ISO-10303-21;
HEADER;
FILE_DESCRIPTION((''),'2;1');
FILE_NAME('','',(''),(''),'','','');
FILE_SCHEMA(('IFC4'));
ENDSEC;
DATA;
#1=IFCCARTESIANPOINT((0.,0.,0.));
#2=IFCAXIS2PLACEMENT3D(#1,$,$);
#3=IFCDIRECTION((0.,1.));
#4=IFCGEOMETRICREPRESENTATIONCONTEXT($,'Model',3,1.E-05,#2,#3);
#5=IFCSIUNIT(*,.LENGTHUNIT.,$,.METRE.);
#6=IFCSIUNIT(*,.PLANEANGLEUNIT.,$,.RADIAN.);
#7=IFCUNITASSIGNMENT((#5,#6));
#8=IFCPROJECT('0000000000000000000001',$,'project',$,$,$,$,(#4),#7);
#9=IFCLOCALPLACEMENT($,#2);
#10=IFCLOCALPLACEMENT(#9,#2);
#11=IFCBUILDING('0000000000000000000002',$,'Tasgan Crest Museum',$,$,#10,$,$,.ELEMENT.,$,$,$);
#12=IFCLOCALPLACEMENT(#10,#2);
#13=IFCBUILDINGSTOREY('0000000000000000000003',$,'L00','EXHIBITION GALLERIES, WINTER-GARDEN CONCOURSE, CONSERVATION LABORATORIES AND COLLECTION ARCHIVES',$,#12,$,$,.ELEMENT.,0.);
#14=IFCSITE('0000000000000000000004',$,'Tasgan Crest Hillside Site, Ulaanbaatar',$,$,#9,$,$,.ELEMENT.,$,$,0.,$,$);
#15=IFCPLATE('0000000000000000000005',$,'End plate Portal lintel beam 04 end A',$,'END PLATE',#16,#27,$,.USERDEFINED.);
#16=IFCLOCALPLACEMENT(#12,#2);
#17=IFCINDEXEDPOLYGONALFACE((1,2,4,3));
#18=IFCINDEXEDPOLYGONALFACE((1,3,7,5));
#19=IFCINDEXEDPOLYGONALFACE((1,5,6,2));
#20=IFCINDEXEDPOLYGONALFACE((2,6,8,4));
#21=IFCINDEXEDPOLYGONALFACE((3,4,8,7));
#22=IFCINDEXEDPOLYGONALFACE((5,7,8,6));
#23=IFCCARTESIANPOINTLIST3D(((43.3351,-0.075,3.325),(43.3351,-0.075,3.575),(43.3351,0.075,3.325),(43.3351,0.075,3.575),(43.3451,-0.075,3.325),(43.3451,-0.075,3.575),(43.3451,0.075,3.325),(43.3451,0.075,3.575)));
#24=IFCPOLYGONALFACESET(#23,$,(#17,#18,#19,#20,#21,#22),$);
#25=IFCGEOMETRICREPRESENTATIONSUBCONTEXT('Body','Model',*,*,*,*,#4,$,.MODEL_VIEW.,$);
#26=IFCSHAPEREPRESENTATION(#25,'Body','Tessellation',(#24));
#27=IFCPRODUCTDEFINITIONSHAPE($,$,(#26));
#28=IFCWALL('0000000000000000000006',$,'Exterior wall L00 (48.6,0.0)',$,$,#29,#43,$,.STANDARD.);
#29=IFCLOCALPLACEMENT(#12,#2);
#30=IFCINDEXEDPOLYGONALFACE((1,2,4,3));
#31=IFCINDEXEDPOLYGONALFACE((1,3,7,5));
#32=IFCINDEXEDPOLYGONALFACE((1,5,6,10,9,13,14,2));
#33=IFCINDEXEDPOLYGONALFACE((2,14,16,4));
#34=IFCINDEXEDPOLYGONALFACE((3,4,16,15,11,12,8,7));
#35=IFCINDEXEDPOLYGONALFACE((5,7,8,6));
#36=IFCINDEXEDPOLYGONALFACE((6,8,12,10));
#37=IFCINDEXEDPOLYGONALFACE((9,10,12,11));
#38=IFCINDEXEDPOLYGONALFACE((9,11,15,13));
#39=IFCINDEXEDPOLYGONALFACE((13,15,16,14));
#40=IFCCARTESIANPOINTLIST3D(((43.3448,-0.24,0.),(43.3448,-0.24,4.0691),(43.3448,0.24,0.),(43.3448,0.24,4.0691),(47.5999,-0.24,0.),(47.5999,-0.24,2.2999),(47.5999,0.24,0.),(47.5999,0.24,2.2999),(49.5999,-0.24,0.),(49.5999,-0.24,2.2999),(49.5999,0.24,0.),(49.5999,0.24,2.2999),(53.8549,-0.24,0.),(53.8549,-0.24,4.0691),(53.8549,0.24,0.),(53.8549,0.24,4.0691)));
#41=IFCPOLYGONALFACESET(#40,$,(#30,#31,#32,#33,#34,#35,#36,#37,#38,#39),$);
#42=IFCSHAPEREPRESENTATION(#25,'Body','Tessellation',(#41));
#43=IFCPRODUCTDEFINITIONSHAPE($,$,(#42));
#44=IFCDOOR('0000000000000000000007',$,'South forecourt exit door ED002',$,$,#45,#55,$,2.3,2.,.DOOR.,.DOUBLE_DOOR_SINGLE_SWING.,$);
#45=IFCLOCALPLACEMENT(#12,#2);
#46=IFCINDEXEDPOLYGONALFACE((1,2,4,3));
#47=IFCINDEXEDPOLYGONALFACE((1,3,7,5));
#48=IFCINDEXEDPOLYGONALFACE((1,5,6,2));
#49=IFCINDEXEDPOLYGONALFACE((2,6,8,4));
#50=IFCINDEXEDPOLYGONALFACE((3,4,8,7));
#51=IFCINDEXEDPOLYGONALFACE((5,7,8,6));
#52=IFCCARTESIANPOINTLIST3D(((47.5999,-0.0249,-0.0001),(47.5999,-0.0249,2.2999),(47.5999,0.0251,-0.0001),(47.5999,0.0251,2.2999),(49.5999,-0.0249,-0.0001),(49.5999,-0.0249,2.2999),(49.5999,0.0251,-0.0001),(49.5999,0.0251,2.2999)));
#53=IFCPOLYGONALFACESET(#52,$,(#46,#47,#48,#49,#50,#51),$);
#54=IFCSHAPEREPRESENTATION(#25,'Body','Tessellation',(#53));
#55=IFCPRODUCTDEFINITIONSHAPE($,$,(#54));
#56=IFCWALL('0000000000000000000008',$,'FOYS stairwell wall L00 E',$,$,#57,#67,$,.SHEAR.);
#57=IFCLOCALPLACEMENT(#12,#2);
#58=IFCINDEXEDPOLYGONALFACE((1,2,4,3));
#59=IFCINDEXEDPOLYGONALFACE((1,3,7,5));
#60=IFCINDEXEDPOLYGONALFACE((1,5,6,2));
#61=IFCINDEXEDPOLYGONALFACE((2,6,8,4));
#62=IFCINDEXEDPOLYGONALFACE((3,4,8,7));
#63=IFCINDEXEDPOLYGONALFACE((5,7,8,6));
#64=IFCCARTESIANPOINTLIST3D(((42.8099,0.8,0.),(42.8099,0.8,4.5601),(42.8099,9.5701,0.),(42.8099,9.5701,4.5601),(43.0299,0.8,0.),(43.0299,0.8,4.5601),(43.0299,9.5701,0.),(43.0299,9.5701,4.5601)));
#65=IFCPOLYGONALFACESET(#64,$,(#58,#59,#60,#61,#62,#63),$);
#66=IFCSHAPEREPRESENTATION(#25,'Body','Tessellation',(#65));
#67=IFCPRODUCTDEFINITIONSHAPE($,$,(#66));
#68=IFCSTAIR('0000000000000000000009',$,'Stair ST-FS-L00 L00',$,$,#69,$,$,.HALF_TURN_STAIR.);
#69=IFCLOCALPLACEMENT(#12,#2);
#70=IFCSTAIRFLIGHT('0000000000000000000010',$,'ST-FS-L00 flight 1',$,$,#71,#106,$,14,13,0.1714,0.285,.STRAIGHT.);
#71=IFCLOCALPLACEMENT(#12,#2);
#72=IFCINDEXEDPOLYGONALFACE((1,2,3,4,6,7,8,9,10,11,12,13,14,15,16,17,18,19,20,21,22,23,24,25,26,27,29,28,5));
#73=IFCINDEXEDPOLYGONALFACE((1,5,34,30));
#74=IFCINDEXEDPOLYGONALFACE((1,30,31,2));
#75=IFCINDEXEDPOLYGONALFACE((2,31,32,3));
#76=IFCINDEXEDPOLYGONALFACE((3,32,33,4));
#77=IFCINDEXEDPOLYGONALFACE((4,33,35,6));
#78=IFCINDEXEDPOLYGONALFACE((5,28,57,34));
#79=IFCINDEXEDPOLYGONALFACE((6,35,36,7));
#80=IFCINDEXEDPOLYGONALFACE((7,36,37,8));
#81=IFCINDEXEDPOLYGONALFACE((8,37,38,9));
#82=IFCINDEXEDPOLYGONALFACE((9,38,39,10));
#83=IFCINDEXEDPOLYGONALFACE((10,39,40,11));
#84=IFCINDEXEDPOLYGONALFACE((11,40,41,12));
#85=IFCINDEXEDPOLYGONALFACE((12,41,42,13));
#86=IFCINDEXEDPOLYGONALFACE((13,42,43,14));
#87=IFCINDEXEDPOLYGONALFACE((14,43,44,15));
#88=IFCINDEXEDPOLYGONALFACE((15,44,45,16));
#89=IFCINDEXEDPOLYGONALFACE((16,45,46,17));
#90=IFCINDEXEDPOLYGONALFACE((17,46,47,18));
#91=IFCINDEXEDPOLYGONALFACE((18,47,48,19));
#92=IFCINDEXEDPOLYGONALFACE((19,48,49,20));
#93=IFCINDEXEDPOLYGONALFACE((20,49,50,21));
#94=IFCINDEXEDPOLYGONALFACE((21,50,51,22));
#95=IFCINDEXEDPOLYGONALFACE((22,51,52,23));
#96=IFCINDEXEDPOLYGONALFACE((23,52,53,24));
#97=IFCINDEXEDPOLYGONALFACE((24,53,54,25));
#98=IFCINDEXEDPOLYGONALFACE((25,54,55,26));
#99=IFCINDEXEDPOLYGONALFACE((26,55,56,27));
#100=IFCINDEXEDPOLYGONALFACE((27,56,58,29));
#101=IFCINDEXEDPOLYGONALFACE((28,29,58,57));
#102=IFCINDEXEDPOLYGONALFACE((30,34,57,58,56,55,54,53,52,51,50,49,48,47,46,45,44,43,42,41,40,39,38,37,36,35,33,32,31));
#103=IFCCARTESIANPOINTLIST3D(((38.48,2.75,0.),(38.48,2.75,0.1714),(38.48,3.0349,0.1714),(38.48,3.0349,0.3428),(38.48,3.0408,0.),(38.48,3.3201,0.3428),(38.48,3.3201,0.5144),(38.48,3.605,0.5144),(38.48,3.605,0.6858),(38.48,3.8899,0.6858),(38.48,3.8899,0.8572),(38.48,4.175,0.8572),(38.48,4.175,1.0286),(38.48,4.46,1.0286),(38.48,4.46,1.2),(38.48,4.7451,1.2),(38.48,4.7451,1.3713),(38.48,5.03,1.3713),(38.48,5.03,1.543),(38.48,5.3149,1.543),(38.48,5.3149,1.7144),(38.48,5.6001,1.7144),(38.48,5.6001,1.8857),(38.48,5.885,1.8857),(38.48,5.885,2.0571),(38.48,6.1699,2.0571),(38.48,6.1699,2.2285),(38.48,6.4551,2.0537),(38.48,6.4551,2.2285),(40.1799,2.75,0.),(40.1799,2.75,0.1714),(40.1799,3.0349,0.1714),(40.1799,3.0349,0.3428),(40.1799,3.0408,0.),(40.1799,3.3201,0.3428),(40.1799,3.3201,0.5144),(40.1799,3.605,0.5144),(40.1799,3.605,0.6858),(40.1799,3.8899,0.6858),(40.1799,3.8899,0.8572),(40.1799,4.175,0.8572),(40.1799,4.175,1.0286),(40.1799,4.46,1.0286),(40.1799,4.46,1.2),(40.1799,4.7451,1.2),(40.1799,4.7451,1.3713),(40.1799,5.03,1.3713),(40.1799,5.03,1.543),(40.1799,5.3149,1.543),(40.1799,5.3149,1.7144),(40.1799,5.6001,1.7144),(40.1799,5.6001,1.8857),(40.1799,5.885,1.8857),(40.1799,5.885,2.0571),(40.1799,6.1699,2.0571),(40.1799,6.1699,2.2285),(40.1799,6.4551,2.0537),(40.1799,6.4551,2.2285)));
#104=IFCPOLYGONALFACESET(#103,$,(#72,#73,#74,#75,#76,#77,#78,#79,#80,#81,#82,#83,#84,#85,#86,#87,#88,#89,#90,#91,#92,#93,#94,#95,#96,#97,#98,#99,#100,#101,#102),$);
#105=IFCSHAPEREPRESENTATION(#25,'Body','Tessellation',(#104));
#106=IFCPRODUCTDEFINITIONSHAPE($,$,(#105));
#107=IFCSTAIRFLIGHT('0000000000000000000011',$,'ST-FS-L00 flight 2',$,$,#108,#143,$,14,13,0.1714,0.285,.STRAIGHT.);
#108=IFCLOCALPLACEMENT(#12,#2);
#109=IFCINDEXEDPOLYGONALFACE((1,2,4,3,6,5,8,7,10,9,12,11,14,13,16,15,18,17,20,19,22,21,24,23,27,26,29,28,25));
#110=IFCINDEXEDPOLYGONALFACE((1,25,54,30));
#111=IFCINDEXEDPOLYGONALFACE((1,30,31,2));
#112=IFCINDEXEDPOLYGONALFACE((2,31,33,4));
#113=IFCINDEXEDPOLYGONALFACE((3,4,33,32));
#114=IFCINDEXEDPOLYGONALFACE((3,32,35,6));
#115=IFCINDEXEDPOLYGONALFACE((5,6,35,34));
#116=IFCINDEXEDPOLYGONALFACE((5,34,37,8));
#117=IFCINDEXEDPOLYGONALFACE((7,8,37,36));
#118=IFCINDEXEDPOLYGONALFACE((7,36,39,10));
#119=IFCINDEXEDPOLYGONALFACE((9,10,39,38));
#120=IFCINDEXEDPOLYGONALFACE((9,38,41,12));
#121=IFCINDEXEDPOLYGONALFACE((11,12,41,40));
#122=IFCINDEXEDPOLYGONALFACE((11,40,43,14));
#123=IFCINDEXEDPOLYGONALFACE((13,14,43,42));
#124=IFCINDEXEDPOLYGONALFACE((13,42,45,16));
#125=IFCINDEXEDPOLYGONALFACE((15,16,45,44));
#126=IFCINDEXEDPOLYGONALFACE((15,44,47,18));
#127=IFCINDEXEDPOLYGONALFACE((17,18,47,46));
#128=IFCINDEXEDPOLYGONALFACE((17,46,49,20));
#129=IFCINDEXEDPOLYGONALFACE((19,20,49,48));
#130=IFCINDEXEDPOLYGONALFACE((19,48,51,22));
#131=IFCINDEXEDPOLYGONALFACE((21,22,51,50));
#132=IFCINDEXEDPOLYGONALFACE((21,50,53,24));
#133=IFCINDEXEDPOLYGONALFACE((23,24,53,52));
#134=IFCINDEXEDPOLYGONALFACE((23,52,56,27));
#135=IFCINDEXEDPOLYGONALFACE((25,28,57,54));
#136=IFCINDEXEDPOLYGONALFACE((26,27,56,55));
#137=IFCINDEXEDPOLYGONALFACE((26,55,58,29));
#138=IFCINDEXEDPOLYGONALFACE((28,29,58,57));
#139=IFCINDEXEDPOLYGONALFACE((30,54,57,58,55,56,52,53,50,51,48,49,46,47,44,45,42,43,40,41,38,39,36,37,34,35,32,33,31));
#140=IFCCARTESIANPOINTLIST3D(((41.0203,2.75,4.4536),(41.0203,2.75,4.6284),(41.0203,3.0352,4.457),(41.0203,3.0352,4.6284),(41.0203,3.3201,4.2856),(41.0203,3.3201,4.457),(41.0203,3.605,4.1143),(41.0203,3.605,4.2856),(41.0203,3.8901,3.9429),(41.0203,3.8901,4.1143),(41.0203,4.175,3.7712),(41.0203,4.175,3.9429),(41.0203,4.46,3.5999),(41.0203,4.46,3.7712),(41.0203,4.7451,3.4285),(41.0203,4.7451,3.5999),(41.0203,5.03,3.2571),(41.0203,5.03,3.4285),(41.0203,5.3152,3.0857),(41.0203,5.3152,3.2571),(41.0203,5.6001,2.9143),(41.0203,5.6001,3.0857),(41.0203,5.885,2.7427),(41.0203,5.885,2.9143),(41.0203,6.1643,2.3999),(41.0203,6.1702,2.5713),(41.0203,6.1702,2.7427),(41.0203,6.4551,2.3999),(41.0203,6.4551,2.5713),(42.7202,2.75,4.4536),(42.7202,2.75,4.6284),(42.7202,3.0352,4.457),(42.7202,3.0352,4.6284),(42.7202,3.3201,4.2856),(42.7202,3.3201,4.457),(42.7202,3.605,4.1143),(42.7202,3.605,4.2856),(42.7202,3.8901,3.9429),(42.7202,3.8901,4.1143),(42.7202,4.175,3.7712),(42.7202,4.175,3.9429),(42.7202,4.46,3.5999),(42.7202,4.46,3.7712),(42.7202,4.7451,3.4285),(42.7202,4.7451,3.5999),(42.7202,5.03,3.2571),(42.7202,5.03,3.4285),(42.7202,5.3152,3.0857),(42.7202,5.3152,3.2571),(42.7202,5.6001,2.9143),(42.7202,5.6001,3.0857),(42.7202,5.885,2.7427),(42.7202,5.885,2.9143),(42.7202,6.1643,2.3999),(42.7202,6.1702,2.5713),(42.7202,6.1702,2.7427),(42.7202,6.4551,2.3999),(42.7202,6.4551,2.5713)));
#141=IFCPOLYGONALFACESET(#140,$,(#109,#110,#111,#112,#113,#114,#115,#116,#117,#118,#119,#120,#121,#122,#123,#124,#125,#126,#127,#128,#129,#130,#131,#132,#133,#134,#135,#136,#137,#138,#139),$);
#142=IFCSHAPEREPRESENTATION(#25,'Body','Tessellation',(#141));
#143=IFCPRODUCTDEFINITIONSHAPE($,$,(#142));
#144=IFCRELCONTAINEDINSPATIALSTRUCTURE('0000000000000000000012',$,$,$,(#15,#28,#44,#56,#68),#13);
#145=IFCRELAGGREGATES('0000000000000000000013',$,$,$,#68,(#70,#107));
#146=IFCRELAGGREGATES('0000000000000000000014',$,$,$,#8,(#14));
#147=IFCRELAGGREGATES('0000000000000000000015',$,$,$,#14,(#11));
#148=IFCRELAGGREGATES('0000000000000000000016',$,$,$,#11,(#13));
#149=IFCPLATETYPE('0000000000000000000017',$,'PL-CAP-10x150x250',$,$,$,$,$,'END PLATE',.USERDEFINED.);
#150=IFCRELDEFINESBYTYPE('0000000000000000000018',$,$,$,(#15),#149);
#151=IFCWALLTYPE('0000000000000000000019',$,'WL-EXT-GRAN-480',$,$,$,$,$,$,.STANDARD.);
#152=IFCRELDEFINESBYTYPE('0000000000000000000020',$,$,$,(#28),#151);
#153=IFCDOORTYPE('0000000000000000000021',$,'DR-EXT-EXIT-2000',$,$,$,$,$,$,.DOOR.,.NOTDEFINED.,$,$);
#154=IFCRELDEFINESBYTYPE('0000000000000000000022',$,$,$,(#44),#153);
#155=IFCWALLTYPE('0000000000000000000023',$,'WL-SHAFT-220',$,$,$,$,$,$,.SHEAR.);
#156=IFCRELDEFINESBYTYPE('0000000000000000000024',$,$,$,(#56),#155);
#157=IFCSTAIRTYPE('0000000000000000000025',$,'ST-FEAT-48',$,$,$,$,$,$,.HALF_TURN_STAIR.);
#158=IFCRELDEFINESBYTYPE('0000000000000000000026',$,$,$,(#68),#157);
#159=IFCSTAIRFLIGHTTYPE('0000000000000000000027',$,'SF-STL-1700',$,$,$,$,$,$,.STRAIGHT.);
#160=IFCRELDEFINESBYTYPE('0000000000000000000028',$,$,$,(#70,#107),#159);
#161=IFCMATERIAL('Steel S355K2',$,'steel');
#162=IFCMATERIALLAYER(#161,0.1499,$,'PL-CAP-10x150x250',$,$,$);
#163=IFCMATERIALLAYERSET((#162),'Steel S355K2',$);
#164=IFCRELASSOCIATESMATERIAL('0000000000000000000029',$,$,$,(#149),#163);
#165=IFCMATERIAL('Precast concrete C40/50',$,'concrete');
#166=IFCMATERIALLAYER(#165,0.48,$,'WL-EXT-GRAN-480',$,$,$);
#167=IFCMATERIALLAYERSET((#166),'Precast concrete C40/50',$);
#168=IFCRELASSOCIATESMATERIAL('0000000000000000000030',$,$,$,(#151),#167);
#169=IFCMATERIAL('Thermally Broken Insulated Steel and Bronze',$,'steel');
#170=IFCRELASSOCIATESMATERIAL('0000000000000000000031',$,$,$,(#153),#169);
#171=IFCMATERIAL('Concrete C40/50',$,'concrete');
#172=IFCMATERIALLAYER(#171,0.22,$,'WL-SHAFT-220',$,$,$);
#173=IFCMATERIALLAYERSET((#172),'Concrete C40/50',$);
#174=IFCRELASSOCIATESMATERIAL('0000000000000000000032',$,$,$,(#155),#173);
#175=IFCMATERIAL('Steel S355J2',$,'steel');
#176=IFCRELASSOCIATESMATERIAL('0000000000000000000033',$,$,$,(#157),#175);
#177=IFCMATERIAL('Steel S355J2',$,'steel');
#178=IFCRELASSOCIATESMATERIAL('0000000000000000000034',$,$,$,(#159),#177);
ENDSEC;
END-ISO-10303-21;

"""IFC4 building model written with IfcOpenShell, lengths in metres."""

from ifc_helpers import new_model, si_unit, direction, frame, frame_2d, origin, origin_2d, place, context, subcontext, project, spatial, polyline, rectangle, outline, extrude, material, layer, layer_set, type_object, element, fill, aggregate, save


model = new_model("IFC4")

# Units and contexts
model_context = context("Model", 3, precision=1e-05, world=origin(), true_north=direction((0.0, 1.0)))
body_context = subcontext(model_context, "Body", "Model", "MODEL_VIEW")
ifc_project = project(units=[si_unit("LENGTHUNIT", "METRE"), si_unit("PLANEANGLEUNIT", "RADIAN")], contexts=[model_context])

# Site, building, storey
site_placement = place(None, origin())
site = spatial("IfcSite", under=ifc_project, at=site_placement, Name="Tasgan Crest Hillside Site, Ulaanbaatar", CompositionType="ELEMENT", RefElevation=0.0)
building_placement = place(site_placement, origin())
building = spatial("IfcBuilding", under=site, at=building_placement, Name="Tasgan Crest Museum", CompositionType="ELEMENT")
storey_placement = place(building_placement, origin())
storey = spatial("IfcBuildingStorey", under=building, at=storey_placement, Name="L00", Description="EXHIBITION GALLERIES, WINTER-GARDEN CONCOURSE, CONSERVATION LABORATORIES AND COLLECTION ARCHIVES", CompositionType="ELEMENT", Elevation=0.0)

# Plate
ifc_material_1 = material(Name="Steel S355K2", Category="steel")
ifc_layer_1 = layer(ifc_material_1, 0.1499, Name="PL-CAP-10x150x250")
ifc_layer_set_1 = layer_set([ifc_layer_1], Name="Steel S355K2")
plate_type_1 = type_object("IfcPlateType", Name="PL-CAP-10x150x250", ElementType="END PLATE", PredefinedType="USERDEFINED", material=ifc_layer_set_1)
plate_1_placement = place(storey_placement, frame((43.3401, 0.0, 3.325), z_axis=(0.0, 0.0, 1.0), x_axis=(1.0, 0.0, 0.0)))
element("IfcPlate", 1, at=plate_1_placement, inside=storey, type_object=plate_type_1, Name="End plate Portal lintel beam 04 end A", ObjectType="END PLATE", PredefinedType="USERDEFINED", context=body_context, shape_type="SweptSolid", body=[
    extrude(rectangle(XDim=0.01, YDim=0.1499, at=origin_2d()), origin(), (0.0, 0.0, 1.0), 0.25),
])

# Wall, opening, door
ifc_material_2 = material(Name="Precast concrete C40/50", Category="concrete")
ifc_layer_2 = layer(ifc_material_2, 0.48, Name="WL-EXT-GRAN-480")
ifc_layer_set_2 = layer_set([ifc_layer_2], Name="Precast concrete C40/50")
wall_type_1 = type_object("IfcWallType", Name="WL-EXT-GRAN-480", PredefinedType="STANDARD", material=ifc_layer_set_2)
wall_1_placement = place(storey_placement, frame((43.345, 0.0, 0.0), z_axis=(0.0, 0.0, 1.0), x_axis=(1.0, 0.0, 0.0)))
wall_1 = element("IfcWall", 2, at=wall_1_placement, inside=storey, type_object=wall_type_1, Name="Exterior wall L00 (48.6,0.0)", PredefinedType="STANDARD", context=body_context, shape_type="SweptSolid", body=[
    extrude(rectangle(XDim=10.51, YDim=0.48, at=frame_2d((5.2549, 0.0))), origin(), (0.0, 0.0, 1.0), 4.0691),
])
opening_placement = place(wall_1_placement, frame((4.2549, 0.0, 0.0)))
opening = element("IfcOpeningElement", 3, at=opening_placement, cuts=wall_1, PredefinedType="OPENING", context=body_context, shape_type="SweptSolid", body=[
    extrude(rectangle(XDim=2.0, YDim=2.3, at=frame_2d((1.0, 1.1499))), frame((0.0, 0.25, 0.0), z_axis=(0.0, -1.0, 0.0), x_axis=(1.0, 0.0, 0.0)), (0.0, 0.0, 1.0), 0.5),
])
ifc_material_3 = material(Name="Thermally Broken Insulated Steel and Bronze", Category="steel")
door_type = type_object("IfcDoorType", Name="DR-EXT-EXIT-2000", OperationType="NOTDEFINED", PredefinedType="DOOR", material=ifc_material_3)
door_placement = place(opening_placement, frame((2.0, 0.0, 0.0), z_axis=(0.0, 0.0, 1.0), x_axis=(-1.0, 0.0, 0.0)))
door = element("IfcDoor", 4, at=door_placement, inside=storey, type_object=door_type, Name="South forecourt exit door ED002", OperationType="DOUBLE_DOOR_SINGLE_SWING", OverallHeight=2.3, OverallWidth=2.0, PredefinedType="DOOR", context=body_context, shape_type="SweptSolid", body=[
    extrude(rectangle(XDim=2.0, YDim=2.3, at=frame_2d((1.0, 1.1499))), frame((0.0, 0.0249, 0.0), z_axis=(0.0, -1.0, 0.0), x_axis=(1.0, 0.0, 0.0)), (0.0, 0.0, 1.0), 0.05),
])
fill(opening, door)

# Wall
ifc_material_4 = material(Name="Concrete C40/50", Category="concrete")
ifc_layer_3 = layer(ifc_material_4, 0.22, Name="WL-SHAFT-220")
ifc_layer_set_3 = layer_set([ifc_layer_3], Name="Concrete C40/50")
wall_type_2 = type_object("IfcWallType", Name="WL-SHAFT-220", PredefinedType="SHEAR", material=ifc_layer_set_3)
wall_2_placement = place(storey_placement, frame((42.9199, 0.8, 0.0), z_axis=(0.0, 0.0, 1.0), x_axis=(0.0, 1.0, 0.0)))
element("IfcWall", 5, at=wall_2_placement, inside=storey, type_object=wall_type_2, Name="FOYS stairwell wall L00 E", PredefinedType="SHEAR", context=body_context, shape_type="SweptSolid", body=[
    extrude(rectangle(XDim=8.77, YDim=0.22, at=frame_2d((4.385, 0.0))), origin(), (0.0, 0.0, 1.0), 4.5601),
])

# Stair, stair flights
ifc_material_5 = material(Name="Steel S355J2", Category="steel")
stair_type = type_object("IfcStairType", Name="ST-FEAT-48", PredefinedType="HALF_TURN_STAIR", material=ifc_material_5)
stair_placement = place(storey_placement, origin())
stair = element("IfcStair", 6, at=stair_placement, inside=storey, type_object=stair_type, Name="Stair ST-FS-L00 L00", PredefinedType="HALF_TURN_STAIR")
ifc_material_6 = material(Name="Steel S355J2", Category="steel")
stair_flight_type = type_object("IfcStairFlightType", Name="SF-STL-1700", PredefinedType="STRAIGHT", material=ifc_material_6)
stair_flight_1_placement = place(storey_placement, frame((39.3301, 2.75, 0.0), z_axis=(0.0, 0.0, 1.0), x_axis=(0.0, 1.0, 0.0)))
stair_flight_1 = element("IfcStairFlight", 7, at=stair_flight_1_placement, type_object=stair_flight_type, Name="ST-FS-L00 flight 1", NumberOfRisers=14, NumberOfTreads=13, PredefinedType="STRAIGHT", RiserHeight=0.1714, TreadLength=0.285, context=body_context, shape_type="SweptSolid", body=[
    extrude(outline(polyline([(0.0, 0.0), (0.0, 0.1714), (0.2849, 0.1714), (0.2849, 0.3428), (0.5701, 0.3428), (0.5701, 0.5144), (0.855, 0.5144), (0.855, 0.6858), (1.1399, 0.6858), (1.1399, 0.8572), (1.425, 0.8572), (1.425, 1.0286), (1.71, 1.0286), (1.71, 1.2), (1.9951, 1.2), (1.9951, 1.3713), (2.28, 1.3713), (2.28, 1.543), (2.5649, 1.543), (2.5649, 1.7144), (2.8501, 1.7144), (2.8501, 1.8857), (3.135, 1.8857), (3.135, 2.0571), (3.4199, 2.0571), (3.4199, 2.2285), (3.7051, 2.2285), (3.7051, 2.3999), (3.7051, 2.0537), (0.2908, 0.0), (0.0, 0.0)])), frame((0.0, 0.8501, 0.0), z_axis=(0.0, -1.0, 0.0), x_axis=(1.0, 0.0, 0.0)), (0.0, 0.0, 1.0), 1.7),
])
stair_flight_2_placement = place(storey_placement, frame((41.8701, 6.4551, 2.3999), z_axis=(0.0, 0.0, 1.0), x_axis=(0.0, -1.0, 0.0)))
stair_flight_2 = element("IfcStairFlight", 8, at=stair_flight_2_placement, type_object=stair_flight_type, Name="ST-FS-L00 flight 2", NumberOfRisers=14, NumberOfTreads=13, PredefinedType="STRAIGHT", RiserHeight=0.1714, TreadLength=0.285, context=body_context, shape_type="SweptSolid", body=[
    extrude(outline(polyline([(0.0, 0.0), (0.0, 0.1714), (0.2849, 0.1714), (0.2849, 0.3428), (0.5701, 0.3428), (0.5701, 0.5144), (0.855, 0.5144), (0.855, 0.6858), (1.1399, 0.6858), (1.1399, 0.8572), (1.425, 0.8572), (1.425, 1.0286), (1.71, 1.0286), (1.71, 1.2), (1.9951, 1.2), (1.9951, 1.3713), (2.28, 1.3713), (2.28, 1.543), (2.5649, 1.543), (2.5649, 1.7144), (2.8501, 1.7144), (2.8501, 1.8857), (3.135, 1.8857), (3.135, 2.0571), (3.4199, 2.0571), (3.4199, 2.2285), (3.7051, 2.2285), (3.7051, 2.3999), (3.7051, 2.0537), (0.2908, 0.0), (0.0, 0.0)])), frame((0.0, 0.8501, 0.0), z_axis=(0.0, -1.0, 0.0), x_axis=(1.0, 0.0, 0.0)), (0.0, 0.0, 1.0), 1.7),
])
aggregate(stair, [stair_flight_1, stair_flight_2])

save(model, "model.ifc")
